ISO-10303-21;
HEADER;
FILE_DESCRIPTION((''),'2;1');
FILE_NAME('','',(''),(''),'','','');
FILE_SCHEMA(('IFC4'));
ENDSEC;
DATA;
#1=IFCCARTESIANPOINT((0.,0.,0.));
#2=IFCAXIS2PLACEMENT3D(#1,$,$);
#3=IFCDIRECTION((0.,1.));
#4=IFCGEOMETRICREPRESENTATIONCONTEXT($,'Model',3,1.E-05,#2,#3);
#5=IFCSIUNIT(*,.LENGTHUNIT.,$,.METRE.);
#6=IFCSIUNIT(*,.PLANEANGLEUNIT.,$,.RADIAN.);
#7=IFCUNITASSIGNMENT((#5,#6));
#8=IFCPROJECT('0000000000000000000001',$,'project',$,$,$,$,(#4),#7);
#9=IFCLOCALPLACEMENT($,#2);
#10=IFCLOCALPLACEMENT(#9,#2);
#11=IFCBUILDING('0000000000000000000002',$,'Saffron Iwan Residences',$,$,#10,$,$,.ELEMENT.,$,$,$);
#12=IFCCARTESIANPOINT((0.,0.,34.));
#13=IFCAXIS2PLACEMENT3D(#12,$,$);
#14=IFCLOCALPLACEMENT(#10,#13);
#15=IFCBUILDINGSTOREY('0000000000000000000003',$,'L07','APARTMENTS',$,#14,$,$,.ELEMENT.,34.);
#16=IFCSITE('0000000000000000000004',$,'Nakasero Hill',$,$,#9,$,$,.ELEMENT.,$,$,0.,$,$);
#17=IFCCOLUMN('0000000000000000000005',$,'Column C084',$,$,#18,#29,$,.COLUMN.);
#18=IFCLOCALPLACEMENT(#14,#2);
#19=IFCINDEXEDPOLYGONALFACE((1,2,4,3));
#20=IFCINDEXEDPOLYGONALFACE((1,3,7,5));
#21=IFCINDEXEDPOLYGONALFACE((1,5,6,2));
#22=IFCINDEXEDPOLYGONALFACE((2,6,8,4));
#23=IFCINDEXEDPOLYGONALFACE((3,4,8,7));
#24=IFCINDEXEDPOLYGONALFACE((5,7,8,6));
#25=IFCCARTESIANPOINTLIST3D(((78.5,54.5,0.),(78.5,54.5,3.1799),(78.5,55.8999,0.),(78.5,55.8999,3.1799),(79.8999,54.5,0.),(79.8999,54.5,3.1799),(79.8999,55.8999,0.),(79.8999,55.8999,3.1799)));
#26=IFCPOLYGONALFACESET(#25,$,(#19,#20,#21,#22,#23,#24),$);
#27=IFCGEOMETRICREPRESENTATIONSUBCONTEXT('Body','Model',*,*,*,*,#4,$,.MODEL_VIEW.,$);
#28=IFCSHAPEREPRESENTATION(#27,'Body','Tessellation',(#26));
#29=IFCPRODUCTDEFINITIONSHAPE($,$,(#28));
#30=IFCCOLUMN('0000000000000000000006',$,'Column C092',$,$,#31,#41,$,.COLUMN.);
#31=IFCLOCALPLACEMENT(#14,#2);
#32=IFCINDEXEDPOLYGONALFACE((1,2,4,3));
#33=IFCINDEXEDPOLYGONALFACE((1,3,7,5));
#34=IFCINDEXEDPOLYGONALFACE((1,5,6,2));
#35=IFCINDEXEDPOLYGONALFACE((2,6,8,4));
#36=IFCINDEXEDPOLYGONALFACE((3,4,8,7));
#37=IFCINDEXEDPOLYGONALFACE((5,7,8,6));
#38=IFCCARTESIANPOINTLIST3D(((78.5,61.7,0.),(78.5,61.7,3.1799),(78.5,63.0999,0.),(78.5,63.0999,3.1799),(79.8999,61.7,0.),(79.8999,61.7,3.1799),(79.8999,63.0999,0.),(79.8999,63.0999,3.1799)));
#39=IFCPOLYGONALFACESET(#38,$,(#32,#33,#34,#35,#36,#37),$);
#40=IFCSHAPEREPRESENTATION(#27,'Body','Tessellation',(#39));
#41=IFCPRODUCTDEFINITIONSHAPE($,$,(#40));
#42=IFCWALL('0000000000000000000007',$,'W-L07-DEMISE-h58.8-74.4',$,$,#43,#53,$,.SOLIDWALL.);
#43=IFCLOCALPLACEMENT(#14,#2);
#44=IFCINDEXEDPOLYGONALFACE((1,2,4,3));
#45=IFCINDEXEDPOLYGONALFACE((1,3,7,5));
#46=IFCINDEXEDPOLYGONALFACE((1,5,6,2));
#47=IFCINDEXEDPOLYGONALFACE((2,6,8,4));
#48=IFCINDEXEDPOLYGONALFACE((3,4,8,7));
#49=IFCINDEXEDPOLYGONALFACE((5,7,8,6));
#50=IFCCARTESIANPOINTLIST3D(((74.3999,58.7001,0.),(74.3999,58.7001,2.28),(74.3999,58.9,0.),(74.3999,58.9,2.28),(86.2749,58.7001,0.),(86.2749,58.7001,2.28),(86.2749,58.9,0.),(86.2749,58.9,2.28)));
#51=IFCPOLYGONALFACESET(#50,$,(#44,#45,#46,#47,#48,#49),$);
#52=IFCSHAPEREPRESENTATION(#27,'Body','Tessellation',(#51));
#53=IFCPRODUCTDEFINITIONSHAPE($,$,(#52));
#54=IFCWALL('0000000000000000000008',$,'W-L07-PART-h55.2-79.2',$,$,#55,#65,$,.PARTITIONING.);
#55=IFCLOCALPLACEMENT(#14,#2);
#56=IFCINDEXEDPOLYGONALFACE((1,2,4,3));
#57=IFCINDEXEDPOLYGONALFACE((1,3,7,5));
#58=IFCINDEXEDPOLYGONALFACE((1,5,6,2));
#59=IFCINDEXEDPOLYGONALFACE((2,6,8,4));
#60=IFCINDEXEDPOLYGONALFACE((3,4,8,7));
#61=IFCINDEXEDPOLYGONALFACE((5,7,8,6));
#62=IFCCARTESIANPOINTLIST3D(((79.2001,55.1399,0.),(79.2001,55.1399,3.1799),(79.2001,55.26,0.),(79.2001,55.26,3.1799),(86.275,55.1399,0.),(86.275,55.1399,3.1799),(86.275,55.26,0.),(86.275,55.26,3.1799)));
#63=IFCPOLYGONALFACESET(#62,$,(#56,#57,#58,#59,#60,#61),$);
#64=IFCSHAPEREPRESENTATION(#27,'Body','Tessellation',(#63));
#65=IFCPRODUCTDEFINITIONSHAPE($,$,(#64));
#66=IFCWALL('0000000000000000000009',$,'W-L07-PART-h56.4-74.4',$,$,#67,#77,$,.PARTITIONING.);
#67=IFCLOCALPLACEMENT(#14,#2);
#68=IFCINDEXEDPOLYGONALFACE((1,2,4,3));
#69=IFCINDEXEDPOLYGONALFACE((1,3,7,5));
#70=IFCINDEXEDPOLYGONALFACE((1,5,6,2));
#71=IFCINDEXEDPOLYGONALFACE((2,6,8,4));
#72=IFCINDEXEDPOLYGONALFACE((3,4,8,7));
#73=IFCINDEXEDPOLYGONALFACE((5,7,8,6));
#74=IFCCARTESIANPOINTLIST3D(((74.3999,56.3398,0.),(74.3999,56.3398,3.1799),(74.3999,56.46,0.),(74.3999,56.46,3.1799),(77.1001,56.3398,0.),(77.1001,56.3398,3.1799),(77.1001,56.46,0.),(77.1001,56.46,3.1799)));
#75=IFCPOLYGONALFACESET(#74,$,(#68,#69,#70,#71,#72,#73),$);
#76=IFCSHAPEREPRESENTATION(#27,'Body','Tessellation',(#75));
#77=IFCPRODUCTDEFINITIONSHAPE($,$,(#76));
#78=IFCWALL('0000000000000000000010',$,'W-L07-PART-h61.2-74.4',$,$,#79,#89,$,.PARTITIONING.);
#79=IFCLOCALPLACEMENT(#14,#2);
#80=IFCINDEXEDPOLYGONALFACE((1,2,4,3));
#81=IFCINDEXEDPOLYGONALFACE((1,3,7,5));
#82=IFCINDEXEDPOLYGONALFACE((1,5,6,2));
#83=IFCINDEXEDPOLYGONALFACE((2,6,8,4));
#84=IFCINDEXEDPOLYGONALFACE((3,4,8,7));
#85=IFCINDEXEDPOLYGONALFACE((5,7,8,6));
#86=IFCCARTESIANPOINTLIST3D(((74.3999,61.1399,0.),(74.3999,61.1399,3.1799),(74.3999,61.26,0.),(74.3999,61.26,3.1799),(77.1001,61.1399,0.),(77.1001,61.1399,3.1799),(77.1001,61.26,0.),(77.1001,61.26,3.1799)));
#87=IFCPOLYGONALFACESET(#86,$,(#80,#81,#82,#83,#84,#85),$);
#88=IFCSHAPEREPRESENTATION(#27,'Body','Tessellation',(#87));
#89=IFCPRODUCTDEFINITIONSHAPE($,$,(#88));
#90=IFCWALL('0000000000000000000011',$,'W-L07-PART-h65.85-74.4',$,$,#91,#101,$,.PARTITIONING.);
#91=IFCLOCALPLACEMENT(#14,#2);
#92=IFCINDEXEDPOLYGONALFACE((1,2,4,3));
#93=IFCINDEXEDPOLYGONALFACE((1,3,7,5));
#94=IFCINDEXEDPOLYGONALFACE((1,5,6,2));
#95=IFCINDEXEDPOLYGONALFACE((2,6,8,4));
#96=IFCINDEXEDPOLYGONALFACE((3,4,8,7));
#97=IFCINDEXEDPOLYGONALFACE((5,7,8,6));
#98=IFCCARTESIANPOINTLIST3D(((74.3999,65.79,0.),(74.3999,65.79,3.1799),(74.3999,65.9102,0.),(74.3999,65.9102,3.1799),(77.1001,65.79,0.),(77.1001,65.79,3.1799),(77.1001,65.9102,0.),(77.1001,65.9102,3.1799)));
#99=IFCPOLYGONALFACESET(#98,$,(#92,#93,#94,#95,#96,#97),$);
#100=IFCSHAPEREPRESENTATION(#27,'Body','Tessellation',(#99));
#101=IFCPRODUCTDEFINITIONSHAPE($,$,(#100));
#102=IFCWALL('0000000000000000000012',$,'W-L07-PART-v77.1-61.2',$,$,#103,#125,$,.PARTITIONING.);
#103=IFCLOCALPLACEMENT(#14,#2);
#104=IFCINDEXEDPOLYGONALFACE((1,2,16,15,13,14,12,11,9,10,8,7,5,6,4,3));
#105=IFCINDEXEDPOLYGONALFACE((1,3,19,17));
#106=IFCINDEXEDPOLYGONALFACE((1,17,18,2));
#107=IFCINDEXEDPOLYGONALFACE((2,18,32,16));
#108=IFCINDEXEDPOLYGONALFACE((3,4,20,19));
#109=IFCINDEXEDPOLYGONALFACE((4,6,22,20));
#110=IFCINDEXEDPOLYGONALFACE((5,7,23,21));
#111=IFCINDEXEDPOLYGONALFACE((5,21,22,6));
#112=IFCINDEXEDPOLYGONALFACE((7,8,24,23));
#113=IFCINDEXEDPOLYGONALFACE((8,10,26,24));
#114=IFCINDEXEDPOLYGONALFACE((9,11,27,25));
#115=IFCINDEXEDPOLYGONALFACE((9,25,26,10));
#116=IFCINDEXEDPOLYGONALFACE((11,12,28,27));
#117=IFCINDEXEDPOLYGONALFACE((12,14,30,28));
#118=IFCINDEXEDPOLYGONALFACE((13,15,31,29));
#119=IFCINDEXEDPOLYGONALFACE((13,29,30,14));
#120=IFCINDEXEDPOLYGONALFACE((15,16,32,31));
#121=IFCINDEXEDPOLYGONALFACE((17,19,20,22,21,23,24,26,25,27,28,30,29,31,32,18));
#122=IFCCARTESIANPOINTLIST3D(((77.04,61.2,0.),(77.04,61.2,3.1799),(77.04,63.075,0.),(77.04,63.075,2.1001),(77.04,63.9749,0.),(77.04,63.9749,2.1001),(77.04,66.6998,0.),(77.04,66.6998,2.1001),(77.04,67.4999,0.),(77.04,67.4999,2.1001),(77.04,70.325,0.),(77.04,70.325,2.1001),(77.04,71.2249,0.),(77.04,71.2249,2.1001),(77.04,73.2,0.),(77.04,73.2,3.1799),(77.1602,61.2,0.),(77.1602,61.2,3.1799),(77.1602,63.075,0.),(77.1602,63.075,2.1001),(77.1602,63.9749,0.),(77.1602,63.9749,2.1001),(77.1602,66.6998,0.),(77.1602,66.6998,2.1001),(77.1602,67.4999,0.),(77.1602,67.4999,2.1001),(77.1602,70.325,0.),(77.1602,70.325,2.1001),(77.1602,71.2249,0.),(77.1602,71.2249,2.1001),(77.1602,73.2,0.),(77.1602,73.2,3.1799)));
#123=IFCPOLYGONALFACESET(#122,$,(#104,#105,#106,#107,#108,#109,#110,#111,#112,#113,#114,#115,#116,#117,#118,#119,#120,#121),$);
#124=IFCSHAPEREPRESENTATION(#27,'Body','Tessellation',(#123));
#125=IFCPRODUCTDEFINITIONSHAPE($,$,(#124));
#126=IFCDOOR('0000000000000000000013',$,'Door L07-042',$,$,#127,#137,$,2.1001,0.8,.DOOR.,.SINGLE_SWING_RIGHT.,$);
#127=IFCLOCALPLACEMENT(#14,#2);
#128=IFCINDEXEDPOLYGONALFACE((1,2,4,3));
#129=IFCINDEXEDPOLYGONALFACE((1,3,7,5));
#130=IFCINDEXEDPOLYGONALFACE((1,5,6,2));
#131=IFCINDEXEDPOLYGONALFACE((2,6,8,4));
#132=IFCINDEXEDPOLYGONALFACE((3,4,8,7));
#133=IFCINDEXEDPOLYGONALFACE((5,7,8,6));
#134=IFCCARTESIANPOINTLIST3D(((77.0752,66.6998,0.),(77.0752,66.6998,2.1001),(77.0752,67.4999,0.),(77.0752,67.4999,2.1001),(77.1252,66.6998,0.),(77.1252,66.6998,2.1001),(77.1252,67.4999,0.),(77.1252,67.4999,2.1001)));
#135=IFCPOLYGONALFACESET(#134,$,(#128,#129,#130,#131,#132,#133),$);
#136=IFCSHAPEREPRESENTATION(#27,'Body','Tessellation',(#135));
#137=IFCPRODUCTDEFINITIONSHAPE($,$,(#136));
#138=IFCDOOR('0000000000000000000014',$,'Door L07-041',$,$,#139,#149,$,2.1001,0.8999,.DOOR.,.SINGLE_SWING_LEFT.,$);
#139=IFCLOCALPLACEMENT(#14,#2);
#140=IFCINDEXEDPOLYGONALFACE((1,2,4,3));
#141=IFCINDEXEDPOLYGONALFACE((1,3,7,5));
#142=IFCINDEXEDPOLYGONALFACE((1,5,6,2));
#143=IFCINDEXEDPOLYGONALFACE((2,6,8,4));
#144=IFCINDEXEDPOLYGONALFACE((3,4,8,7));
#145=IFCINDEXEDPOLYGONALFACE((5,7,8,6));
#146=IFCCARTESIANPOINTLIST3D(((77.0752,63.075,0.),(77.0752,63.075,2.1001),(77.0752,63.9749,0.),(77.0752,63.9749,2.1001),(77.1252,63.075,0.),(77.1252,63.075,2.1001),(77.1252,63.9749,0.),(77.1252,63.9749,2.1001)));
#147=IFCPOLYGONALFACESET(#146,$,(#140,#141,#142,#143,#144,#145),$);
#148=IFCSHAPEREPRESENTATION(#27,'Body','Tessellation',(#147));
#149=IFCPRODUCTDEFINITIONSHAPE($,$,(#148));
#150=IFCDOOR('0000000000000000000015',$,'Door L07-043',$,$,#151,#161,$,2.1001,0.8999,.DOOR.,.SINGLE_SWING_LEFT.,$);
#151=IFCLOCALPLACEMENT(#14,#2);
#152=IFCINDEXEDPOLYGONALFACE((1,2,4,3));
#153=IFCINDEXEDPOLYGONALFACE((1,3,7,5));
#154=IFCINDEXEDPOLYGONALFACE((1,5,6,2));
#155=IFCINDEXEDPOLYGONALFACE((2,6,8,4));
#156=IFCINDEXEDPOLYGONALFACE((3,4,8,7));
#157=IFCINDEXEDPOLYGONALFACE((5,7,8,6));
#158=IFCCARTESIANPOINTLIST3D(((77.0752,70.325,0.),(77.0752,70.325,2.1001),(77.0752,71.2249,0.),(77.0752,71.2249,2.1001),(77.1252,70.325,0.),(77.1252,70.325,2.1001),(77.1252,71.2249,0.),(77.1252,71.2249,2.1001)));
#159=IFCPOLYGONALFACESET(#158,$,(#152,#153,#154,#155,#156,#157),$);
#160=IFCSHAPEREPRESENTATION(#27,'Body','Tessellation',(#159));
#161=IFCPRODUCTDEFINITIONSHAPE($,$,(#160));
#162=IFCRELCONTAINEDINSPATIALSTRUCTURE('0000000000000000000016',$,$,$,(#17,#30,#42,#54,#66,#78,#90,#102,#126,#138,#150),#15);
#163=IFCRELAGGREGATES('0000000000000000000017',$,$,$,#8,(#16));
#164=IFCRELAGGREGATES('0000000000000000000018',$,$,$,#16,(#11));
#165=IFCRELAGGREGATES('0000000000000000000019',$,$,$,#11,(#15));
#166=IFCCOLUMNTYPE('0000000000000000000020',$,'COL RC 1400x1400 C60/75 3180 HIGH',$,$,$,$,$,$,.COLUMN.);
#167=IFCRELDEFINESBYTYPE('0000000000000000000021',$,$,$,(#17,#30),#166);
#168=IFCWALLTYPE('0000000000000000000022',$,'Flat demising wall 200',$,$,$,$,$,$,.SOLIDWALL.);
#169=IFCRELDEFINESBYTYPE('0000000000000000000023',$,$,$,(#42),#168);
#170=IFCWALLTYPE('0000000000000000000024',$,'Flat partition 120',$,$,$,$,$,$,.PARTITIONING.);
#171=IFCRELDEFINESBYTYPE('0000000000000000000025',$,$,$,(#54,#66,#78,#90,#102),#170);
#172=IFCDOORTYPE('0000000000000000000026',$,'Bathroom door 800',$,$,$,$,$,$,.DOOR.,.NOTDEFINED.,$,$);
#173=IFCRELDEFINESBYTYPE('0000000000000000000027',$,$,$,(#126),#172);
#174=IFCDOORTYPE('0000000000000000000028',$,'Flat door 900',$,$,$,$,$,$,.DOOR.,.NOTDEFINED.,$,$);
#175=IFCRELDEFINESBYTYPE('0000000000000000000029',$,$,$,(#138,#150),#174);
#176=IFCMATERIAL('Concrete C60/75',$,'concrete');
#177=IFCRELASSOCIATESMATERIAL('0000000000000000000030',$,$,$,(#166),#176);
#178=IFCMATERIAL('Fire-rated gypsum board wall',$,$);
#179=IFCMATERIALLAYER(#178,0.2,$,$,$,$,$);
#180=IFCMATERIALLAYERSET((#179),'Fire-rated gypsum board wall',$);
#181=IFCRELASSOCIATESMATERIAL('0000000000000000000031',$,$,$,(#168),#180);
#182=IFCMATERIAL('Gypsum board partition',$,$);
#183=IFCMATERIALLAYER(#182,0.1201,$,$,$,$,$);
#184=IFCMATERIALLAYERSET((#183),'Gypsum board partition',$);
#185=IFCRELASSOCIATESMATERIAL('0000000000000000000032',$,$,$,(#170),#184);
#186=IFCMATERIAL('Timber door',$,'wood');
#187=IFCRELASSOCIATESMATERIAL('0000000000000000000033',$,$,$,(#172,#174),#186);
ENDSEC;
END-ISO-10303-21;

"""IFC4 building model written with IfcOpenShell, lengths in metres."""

from ifc_helpers import new_model, si_unit, direction, frame, frame_2d, origin, origin_2d, place, context, subcontext, project, spatial, rectangle, extrude, source, transform, mapped, material, layer, layer_set, material_profile, profile_set, type_object, element, fill, save


model = new_model("IFC4")

# Units and contexts
model_context = context("Model", 3, precision=1e-05, world=origin(), true_north=direction((0.0, 1.0)))
body_context = subcontext(model_context, "Body", "Model", "MODEL_VIEW")
ifc_project = project(units=[si_unit("LENGTHUNIT", "METRE"), si_unit("PLANEANGLEUNIT", "RADIAN")], contexts=[model_context])

# Site, building, storey
site_placement = place(None, origin())
site = spatial("IfcSite", under=ifc_project, at=site_placement, Name="Nakasero Hill", CompositionType="ELEMENT", RefElevation=0.0)
building_placement = place(site_placement, origin())
building = spatial("IfcBuilding", under=site, at=building_placement, Name="Saffron Iwan Residences", CompositionType="ELEMENT")
storey_placement = place(building_placement, frame((0.0, 0.0, 34.0)))
storey = spatial("IfcBuildingStorey", under=building, at=storey_placement, Name="L07", Description="APARTMENTS", CompositionType="ELEMENT", Elevation=34.0)

# Columns
ifc_material_1 = material(Name="Concrete C60/75", Category="concrete")
ifc_material_profile = material_profile(ifc_material_1, rectangle(XDim=1.3999, YDim=1.3999, at=origin_2d()), Name="RC 1400x1400")
ifc_profile_set = profile_set([ifc_material_profile], Name="Concrete C60/75")
column_type = type_object("IfcColumnType", Name="COL RC 1400x1400 C60/75 3180 HIGH", PredefinedType="COLUMN", material=ifc_profile_set)
shared_shape = source(origin(), body_context, "Body", "SweptSolid", [
    extrude(rectangle(XDim=1.3999, YDim=1.3999, at=origin_2d()), origin(), (0.0, 0.0, 1.0), 3.1799),
])
for number, where, z_axis, x_axis, name in (
    (1, (79.2, 55.2, 0.0), (0.0, 0.0, 1.0), (1.0, 0.0, 0.0), "Column C084"),
    (2, (79.2, 62.3999, 0.0), (0.0, 0.0, 1.0), (1.0, 0.0, 0.0), "Column C092"),
):
    element("IfcColumn", number, at=place(storey_placement, frame(where, z_axis=z_axis, x_axis=x_axis)), inside=storey, type_object=column_type, Name=name, PredefinedType="COLUMN", context=body_context, shape_type="MappedRepresentation", body=[
        mapped(shared_shape, transform((0.0, 0.0, 0.0))),
    ])

# Walls
ifc_material_2 = material(Name="Fire-rated gypsum board wall")
ifc_layer_1 = layer(ifc_material_2, 0.2)
ifc_layer_set_1 = layer_set([ifc_layer_1], Name="Fire-rated gypsum board wall")
wall_type_1 = type_object("IfcWallType", Name="Flat demising wall 200", PredefinedType="SOLIDWALL", material=ifc_layer_set_1)
wall_1_placement = place(storey_placement, frame((74.3999, 58.8, 0.0), z_axis=(0.0, 0.0, 1.0), x_axis=(1.0, 0.0, 0.0)))
element("IfcWall", 3, at=wall_1_placement, inside=storey, type_object=wall_type_1, Name="W-L07-DEMISE-h58.8-74.4", PredefinedType="SOLIDWALL", context=body_context, shape_type="SweptSolid", body=[
    extrude(rectangle(XDim=11.875, YDim=0.2, at=frame_2d((5.9375, 0.0))), origin(), (0.0, 0.0, 1.0), 2.28),
])
ifc_material_3 = material(Name="Gypsum board partition")
ifc_layer_2 = layer(ifc_material_3, 0.1201)
ifc_layer_set_2 = layer_set([ifc_layer_2], Name="Gypsum board partition")
wall_type_2 = type_object("IfcWallType", Name="Flat partition 120", PredefinedType="PARTITIONING", material=ifc_layer_set_2)
wall_2_placement = place(storey_placement, frame((79.2, 55.2, 0.0), z_axis=(0.0, 0.0, 1.0), x_axis=(1.0, 0.0, 0.0)))
element("IfcWall", 4, at=wall_2_placement, inside=storey, type_object=wall_type_2, Name="W-L07-PART-h55.2-79.2", PredefinedType="PARTITIONING", context=body_context, shape_type="SweptSolid", body=[
    extrude(rectangle(XDim=7.075, YDim=0.1201, at=frame_2d((3.5376, 0.0))), origin(), (0.0, 0.0, 1.0), 3.1799),
])
for number, where, z_axis, x_axis, name in (
    (5, (74.3999, 56.3999, 0.0), (0.0, 0.0, 1.0), (1.0, 0.0, 0.0), "W-L07-PART-h56.4-74.4"),
    (6, (74.3999, 61.2, 0.0), (0.0, 0.0, 1.0), (1.0, 0.0, 0.0), "W-L07-PART-h61.2-74.4"),
    (7, (74.3999, 65.8501, 0.0), (0.0, 0.0, 1.0), (1.0, 0.0, 0.0), "W-L07-PART-h65.85-74.4"),
):
    element("IfcWall", number, at=place(storey_placement, frame(where, z_axis=z_axis, x_axis=x_axis)), inside=storey, type_object=wall_type_2, Name=name, PredefinedType="PARTITIONING", context=body_context, shape_type="SweptSolid", body=[
        extrude(rectangle(XDim=2.7002, YDim=0.1201, at=frame_2d((1.3501, 0.0))), origin(), (0.0, 0.0, 1.0), 3.1799),
    ])

# Wall, openings, doors
wall_3_placement = place(storey_placement, frame((77.1001, 61.2, 0.0), z_axis=(0.0, 0.0, 1.0), x_axis=(0.0, 1.0, 0.0)))
wall_3 = element("IfcWall", 8, at=wall_3_placement, inside=storey, type_object=wall_type_2, Name="W-L07-PART-v77.1-61.2", PredefinedType="PARTITIONING", context=body_context, shape_type="SweptSolid", body=[
    extrude(rectangle(XDim=12.0, YDim=0.1201, at=frame_2d((6.0, 0.0))), origin(), (0.0, 0.0, 1.0), 3.1799),
])
opening_1_placement = place(wall_3_placement, frame((1.875, 0.0, 0.0)))
opening_1 = element("IfcOpeningElement", 9, at=opening_1_placement, cuts=wall_3, PredefinedType="OPENING", context=body_context, shape_type="SweptSolid", body=[
    extrude(rectangle(XDim=0.8999, YDim=2.1001, at=frame_2d((0.45, 1.05))), frame((0.0, 0.0701, 0.0), z_axis=(0.0, -1.0, 0.0), x_axis=(1.0, 0.0, 0.0)), (0.0, 0.0, 1.0), 0.1401),
])
opening_2_placement = place(wall_3_placement, frame((5.5, 0.0, 0.0)))
opening_2 = element("IfcOpeningElement", 10, at=opening_2_placement, cuts=wall_3, PredefinedType="OPENING", context=body_context, shape_type="SweptSolid", body=[
    extrude(rectangle(XDim=0.8, YDim=2.1001, at=frame_2d((0.3999, 1.05))), frame((0.0, 0.0701, 0.0), z_axis=(0.0, -1.0, 0.0), x_axis=(1.0, 0.0, 0.0)), (0.0, 0.0, 1.0), 0.1401),
])
opening_3_placement = place(wall_3_placement, frame((9.125, 0.0, 0.0)))
opening_3 = element("IfcOpeningElement", 11, at=opening_3_placement, cuts=wall_3, PredefinedType="OPENING", context=body_context, shape_type="SweptSolid", body=[
    extrude(rectangle(XDim=0.8999, YDim=2.1001, at=frame_2d((0.45, 1.05))), frame((0.0, 0.0701, 0.0), z_axis=(0.0, -1.0, 0.0), x_axis=(1.0, 0.0, 0.0)), (0.0, 0.0, 1.0), 0.1401),
])
ifc_material_4 = material(Name="Timber door", Category="wood")
door_type_1 = type_object("IfcDoorType", Name="Bathroom door 800", OperationType="NOTDEFINED", PredefinedType="DOOR", material=ifc_material_4)
door_1_placement = place(opening_2_placement, origin())
door_1 = element("IfcDoor", 12, at=door_1_placement, inside=storey, type_object=door_type_1, Name="Door L07-042", OperationType="SINGLE_SWING_RIGHT", OverallHeight=2.1001, OverallWidth=0.8, PredefinedType="DOOR", context=body_context, shape_type="SweptSolid", body=[
    extrude(rectangle(XDim=0.8, YDim=2.1001, at=frame_2d((0.3999, 1.05))), frame((0.0, 0.0249, 0.0), z_axis=(0.0, -1.0, 0.0), x_axis=(1.0, 0.0, 0.0)), (0.0, 0.0, 1.0), 0.05),
])
fill(opening_2, door_1)
door_type_2 = type_object("IfcDoorType", Name="Flat door 900", OperationType="NOTDEFINED", PredefinedType="DOOR", material=ifc_material_4)
door_2_placement = place(opening_1_placement, origin())
door_2 = element("IfcDoor", 13, at=door_2_placement, inside=storey, type_object=door_type_2, Name="Door L07-041", OperationType="SINGLE_SWING_LEFT", OverallHeight=2.1001, OverallWidth=0.8999, PredefinedType="DOOR", context=body_context, shape_type="SweptSolid", body=[
    extrude(rectangle(XDim=0.8999, YDim=2.1001, at=frame_2d((0.45, 1.05))), frame((0.0, 0.0249, 0.0), z_axis=(0.0, -1.0, 0.0), x_axis=(1.0, 0.0, 0.0)), (0.0, 0.0, 1.0), 0.05),
])
fill(opening_1, door_2)
door_3_placement = place(opening_3_placement, origin())
door_3 = element("IfcDoor", 14, at=door_3_placement, inside=storey, type_object=door_type_2, Name="Door L07-043", OperationType="SINGLE_SWING_LEFT", OverallHeight=2.1001, OverallWidth=0.8999, PredefinedType="DOOR", context=body_context, shape_type="SweptSolid", body=[
    extrude(rectangle(XDim=0.8999, YDim=2.1001, at=frame_2d((0.45, 1.05))), frame((0.0, 0.0249, 0.0), z_axis=(0.0, -1.0, 0.0), x_axis=(1.0, 0.0, 0.0)), (0.0, 0.0, 1.0), 0.05),
])
fill(opening_3, door_3)

save(model, "model.ifc")
